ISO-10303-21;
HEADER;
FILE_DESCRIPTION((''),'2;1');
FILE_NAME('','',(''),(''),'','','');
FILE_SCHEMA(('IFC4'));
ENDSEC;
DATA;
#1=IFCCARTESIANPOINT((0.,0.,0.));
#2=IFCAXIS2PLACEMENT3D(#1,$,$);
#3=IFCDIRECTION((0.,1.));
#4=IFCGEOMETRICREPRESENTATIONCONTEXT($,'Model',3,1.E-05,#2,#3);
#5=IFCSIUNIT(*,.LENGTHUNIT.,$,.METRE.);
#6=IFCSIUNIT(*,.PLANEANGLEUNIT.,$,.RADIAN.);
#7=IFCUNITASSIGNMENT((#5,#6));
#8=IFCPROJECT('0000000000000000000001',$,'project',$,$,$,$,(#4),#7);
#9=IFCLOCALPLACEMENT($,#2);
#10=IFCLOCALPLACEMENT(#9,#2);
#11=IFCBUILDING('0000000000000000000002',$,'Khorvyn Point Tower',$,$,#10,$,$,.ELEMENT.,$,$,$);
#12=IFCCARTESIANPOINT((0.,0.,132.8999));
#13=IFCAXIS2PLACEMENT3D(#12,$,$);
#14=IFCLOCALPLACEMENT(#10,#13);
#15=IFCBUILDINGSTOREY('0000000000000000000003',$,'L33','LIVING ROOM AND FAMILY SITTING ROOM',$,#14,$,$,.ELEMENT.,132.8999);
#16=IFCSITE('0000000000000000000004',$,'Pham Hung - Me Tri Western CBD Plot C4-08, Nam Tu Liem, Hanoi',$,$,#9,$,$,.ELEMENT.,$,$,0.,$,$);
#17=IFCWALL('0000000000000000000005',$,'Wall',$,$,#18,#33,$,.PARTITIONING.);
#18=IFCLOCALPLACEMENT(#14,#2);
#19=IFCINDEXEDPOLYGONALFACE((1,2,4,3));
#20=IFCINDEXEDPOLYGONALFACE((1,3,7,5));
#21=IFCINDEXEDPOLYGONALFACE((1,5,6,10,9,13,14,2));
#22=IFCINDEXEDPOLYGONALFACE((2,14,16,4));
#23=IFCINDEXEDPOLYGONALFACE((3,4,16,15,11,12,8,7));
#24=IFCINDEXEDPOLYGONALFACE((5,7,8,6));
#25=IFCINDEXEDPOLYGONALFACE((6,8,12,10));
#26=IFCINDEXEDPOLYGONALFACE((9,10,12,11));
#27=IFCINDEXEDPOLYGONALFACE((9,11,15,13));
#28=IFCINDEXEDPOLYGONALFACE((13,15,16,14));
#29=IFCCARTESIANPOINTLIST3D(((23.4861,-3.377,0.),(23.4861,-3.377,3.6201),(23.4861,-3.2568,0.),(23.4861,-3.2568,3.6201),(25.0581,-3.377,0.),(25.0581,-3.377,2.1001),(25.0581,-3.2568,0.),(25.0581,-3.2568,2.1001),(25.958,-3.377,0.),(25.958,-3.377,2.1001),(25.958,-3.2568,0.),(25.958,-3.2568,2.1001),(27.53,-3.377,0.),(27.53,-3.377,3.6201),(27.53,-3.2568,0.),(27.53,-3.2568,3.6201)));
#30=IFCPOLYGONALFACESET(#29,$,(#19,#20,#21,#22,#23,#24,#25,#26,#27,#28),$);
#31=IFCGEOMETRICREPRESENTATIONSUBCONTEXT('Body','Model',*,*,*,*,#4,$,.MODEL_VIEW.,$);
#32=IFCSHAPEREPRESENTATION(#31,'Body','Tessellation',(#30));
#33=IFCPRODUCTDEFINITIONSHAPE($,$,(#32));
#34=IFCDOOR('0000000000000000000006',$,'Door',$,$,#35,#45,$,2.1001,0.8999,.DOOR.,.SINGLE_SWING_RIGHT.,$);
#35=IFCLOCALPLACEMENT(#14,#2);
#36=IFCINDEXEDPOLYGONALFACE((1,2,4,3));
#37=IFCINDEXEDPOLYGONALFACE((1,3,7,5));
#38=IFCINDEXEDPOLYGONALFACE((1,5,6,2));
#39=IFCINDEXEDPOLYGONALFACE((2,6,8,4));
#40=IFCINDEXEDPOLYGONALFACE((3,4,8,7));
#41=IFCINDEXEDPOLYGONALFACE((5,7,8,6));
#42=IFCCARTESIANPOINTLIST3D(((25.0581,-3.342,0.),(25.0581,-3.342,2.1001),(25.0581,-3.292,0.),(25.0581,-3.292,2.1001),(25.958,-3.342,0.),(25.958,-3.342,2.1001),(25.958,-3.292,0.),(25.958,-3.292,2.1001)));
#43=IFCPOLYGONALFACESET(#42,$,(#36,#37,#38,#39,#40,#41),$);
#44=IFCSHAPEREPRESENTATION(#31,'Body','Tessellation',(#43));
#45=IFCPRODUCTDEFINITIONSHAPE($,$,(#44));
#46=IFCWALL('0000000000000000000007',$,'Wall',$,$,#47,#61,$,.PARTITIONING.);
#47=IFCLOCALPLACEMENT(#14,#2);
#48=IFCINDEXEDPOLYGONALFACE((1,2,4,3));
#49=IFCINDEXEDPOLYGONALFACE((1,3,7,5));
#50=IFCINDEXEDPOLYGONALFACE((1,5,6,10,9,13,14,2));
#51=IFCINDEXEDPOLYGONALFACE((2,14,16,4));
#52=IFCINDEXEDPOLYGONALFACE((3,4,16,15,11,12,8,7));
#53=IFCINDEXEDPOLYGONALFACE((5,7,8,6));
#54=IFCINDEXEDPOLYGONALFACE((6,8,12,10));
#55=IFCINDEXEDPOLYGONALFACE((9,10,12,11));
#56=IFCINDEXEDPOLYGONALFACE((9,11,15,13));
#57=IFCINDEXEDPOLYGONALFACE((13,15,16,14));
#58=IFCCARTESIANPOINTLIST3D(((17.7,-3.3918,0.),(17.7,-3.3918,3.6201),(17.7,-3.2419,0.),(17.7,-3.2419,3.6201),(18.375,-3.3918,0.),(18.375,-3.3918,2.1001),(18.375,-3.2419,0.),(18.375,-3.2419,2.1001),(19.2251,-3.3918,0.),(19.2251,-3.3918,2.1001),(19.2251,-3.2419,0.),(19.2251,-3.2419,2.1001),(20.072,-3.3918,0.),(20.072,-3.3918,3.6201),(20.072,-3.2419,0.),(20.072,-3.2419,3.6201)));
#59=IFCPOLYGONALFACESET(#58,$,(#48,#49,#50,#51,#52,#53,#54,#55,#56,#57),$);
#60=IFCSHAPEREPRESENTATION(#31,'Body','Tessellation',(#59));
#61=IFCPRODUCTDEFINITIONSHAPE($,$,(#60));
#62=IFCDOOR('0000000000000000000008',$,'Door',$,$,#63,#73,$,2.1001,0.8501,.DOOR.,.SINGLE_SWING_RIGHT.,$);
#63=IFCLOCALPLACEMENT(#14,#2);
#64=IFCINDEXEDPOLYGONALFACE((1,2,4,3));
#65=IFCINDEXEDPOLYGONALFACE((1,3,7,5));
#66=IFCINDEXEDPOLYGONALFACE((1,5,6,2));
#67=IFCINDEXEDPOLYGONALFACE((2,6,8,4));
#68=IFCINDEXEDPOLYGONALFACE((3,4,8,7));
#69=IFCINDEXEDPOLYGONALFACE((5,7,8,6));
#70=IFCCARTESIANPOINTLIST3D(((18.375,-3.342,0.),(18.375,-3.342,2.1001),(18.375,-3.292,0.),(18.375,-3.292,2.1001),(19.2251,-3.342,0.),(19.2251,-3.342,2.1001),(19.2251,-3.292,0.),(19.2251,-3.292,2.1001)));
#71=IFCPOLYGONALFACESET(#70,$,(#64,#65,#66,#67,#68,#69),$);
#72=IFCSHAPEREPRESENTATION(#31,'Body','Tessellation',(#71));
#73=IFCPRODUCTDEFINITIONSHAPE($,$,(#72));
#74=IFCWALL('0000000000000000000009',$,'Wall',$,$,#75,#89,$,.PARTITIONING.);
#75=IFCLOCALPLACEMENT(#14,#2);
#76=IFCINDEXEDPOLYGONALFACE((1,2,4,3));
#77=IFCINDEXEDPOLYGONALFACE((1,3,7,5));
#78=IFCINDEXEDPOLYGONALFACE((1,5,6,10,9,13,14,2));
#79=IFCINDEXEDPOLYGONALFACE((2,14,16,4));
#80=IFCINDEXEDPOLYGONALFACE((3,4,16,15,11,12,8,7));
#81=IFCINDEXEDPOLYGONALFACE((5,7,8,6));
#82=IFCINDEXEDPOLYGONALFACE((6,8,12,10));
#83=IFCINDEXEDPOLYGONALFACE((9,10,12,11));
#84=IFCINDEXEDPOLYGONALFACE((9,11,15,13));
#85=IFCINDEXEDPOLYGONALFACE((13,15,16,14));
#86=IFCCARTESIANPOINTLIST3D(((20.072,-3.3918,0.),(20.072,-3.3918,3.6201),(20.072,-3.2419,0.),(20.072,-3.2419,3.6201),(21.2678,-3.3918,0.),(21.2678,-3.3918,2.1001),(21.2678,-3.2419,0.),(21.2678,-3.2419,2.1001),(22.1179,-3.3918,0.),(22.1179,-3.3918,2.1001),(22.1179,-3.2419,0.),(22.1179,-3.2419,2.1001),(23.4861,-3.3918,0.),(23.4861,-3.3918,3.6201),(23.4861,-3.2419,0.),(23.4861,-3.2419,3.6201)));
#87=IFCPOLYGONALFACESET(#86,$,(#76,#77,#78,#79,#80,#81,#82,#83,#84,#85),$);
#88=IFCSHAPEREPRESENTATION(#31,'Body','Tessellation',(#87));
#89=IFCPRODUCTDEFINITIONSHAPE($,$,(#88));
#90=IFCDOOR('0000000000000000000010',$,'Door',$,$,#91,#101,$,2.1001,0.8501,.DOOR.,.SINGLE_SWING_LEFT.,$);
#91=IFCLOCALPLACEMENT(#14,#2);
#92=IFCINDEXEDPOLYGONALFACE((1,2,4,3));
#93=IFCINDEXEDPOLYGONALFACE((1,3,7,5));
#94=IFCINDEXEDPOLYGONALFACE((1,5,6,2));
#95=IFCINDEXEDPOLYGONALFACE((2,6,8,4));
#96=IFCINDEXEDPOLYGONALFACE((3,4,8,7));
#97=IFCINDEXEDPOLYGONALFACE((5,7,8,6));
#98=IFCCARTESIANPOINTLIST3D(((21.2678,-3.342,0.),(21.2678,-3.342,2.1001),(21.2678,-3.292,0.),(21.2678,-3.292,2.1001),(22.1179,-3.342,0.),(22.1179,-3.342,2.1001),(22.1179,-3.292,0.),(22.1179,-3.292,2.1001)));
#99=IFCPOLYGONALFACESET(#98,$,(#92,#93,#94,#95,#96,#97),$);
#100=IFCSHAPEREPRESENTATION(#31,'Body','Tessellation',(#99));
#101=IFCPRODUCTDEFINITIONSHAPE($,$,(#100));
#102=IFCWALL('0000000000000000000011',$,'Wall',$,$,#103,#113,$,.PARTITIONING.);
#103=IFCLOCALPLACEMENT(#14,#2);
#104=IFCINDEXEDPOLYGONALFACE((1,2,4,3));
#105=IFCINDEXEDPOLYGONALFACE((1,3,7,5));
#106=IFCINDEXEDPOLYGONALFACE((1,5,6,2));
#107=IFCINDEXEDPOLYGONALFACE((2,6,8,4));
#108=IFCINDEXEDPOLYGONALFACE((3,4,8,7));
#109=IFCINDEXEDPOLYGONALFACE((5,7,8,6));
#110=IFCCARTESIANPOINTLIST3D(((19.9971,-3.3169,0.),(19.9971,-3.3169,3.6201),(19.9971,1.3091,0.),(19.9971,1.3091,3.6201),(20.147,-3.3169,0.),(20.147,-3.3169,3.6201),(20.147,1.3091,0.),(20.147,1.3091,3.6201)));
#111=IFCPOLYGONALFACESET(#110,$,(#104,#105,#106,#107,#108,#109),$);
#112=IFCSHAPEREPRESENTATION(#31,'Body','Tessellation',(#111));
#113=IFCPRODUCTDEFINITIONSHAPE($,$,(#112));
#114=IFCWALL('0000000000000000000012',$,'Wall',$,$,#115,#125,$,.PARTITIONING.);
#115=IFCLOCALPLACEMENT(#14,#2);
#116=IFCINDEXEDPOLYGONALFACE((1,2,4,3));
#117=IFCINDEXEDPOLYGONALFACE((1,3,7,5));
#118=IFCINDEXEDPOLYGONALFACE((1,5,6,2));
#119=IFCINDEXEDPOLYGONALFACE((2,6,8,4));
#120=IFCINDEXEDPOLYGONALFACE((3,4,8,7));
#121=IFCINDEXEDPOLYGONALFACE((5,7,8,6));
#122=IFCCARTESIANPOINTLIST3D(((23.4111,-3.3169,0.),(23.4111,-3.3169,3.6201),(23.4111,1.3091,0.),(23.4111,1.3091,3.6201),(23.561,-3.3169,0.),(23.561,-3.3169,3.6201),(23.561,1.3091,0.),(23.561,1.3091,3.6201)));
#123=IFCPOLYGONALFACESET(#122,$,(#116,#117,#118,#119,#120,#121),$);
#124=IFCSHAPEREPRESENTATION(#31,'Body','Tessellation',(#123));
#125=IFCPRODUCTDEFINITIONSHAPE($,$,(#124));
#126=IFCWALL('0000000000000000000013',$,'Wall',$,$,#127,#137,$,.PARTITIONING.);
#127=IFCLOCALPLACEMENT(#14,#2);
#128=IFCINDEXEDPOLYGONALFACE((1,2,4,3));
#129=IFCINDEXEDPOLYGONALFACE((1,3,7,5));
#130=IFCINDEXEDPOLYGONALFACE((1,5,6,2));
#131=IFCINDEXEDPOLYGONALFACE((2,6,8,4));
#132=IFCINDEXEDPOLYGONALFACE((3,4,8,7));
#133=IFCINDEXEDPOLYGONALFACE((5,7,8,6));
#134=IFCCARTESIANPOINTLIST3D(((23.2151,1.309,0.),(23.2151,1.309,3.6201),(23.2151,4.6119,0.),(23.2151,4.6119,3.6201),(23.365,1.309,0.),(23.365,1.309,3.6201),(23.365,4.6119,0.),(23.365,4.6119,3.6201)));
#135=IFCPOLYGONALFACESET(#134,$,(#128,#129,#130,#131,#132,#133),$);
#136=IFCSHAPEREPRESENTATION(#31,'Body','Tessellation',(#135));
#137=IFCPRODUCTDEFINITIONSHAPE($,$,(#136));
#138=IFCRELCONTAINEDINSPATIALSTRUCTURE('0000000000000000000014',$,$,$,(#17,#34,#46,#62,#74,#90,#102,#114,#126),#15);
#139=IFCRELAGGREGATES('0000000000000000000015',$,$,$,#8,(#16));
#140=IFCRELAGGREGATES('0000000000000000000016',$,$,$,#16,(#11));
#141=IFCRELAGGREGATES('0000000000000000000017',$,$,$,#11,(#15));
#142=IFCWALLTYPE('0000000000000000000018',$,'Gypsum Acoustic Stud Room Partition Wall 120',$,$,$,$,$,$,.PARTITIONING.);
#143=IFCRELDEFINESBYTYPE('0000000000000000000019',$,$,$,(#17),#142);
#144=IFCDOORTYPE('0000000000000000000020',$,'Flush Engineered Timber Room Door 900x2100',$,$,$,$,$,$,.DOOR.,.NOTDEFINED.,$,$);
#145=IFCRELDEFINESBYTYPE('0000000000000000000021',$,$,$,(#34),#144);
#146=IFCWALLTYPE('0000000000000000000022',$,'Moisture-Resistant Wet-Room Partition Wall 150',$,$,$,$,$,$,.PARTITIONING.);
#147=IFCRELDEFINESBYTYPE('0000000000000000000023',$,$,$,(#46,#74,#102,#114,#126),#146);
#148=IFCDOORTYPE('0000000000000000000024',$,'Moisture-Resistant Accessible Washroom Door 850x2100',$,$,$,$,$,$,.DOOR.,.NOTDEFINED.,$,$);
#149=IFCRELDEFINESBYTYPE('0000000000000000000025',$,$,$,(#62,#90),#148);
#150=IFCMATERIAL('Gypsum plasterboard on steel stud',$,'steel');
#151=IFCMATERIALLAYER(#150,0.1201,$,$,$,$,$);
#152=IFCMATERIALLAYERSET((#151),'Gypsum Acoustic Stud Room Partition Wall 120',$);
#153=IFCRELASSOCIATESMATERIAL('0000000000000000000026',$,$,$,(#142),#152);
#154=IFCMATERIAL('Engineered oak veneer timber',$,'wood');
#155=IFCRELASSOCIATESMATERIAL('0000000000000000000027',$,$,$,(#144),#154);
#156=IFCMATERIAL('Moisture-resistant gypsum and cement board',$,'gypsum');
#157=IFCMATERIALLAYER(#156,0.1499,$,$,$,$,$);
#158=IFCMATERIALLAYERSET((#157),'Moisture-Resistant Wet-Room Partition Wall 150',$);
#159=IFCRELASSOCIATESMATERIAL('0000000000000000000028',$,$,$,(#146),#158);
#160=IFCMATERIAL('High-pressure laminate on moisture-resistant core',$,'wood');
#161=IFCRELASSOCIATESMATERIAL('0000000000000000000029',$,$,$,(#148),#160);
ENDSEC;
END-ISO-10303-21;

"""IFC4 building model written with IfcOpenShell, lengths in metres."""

from ifc_helpers import new_model, si_unit, direction, frame, frame_2d, origin, place, context, subcontext, project, spatial, rectangle, extrude, material, layer, layer_set, type_object, element, fill, save


model = new_model("IFC4")

# Units and contexts
model_context = context("Model", 3, precision=1e-05, world=origin(), true_north=direction((0.0, 1.0)))
body_context = subcontext(model_context, "Body", "Model", "MODEL_VIEW")
ifc_project = project(units=[si_unit("LENGTHUNIT", "METRE"), si_unit("PLANEANGLEUNIT", "RADIAN")], contexts=[model_context])

# Site, building, storey
site_placement = place(None, origin())
site = spatial("IfcSite", under=ifc_project, at=site_placement, Name="Pham Hung - Me Tri Western CBD Plot C4-08, Nam Tu Liem, Hanoi", CompositionType="ELEMENT", RefElevation=0.0)
building_placement = place(site_placement, origin())
building = spatial("IfcBuilding", under=site, at=building_placement, Name="Khorvyn Point Tower", CompositionType="ELEMENT")
storey_placement = place(building_placement, frame((0.0, 0.0, 132.8999)))
storey = spatial("IfcBuildingStorey", under=building, at=storey_placement, Name="L33", Description="LIVING ROOM AND FAMILY SITTING ROOM", CompositionType="ELEMENT", Elevation=132.8999)

# Walls, openings, doors
ifc_material_1 = material(Name="Gypsum plasterboard on steel stud", Category="steel")
ifc_layer_1 = layer(ifc_material_1, 0.1201)
ifc_layer_set_1 = layer_set([ifc_layer_1], Name="Gypsum Acoustic Stud Room Partition Wall 120")
wall_type_1 = type_object("IfcWallType", Name="Gypsum Acoustic Stud Room Partition Wall 120", PredefinedType="PARTITIONING", material=ifc_layer_set_1)
ifc_material_2 = material(Name="Engineered oak veneer timber", Category="wood")
door_type_1 = type_object("IfcDoorType", Name="Flush Engineered Timber Room Door 900x2100", OperationType="NOTDEFINED", PredefinedType="DOOR", material=ifc_material_2)
wall_1_placement = place(storey_placement, frame((23.4861, -3.3169, 0.0), z_axis=(0.0, 0.0, 1.0), x_axis=(1.0, 0.0, 0.0)))
wall_1 = element("IfcWall", 1, at=wall_1_placement, inside=storey, type_object=wall_type_1, Name="Wall", PredefinedType="PARTITIONING", context=body_context, shape_type="SweptSolid", body=[
    extrude(rectangle(XDim=4.0439, YDim=0.1201, at=frame_2d((2.022, 0.0))), origin(), (0.0, 0.0, 1.0), 3.6201),
])
opening_1_placement = place(wall_1_placement, frame((1.572, 0.0, 0.0)))
opening_1 = element("IfcOpeningElement", 2, at=opening_1_placement, cuts=wall_1, PredefinedType="OPENING", context=body_context, shape_type="SweptSolid", body=[
    extrude(rectangle(XDim=0.8999, YDim=2.1001, at=frame_2d((0.45, 1.05))), frame((0.0, 0.0701, 0.0), z_axis=(0.0, -1.0, 0.0), x_axis=(1.0, 0.0, 0.0)), (0.0, 0.0, 1.0), 0.1401),
])
door_1_placement = place(opening_1_placement, origin())
door_1 = element("IfcDoor", 3, at=door_1_placement, inside=storey, type_object=door_type_1, Name="Door", OperationType="SINGLE_SWING_RIGHT", OverallHeight=2.1001, OverallWidth=0.8999, PredefinedType="DOOR", context=body_context, shape_type="SweptSolid", body=[
    extrude(rectangle(XDim=0.8999, YDim=2.1001, at=frame_2d((0.45, 1.05))), frame((0.0, 0.0249, 0.0), z_axis=(0.0, -1.0, 0.0), x_axis=(1.0, 0.0, 0.0)), (0.0, 0.0, 1.0), 0.05),
])
fill(opening_1, door_1)
ifc_material_3 = material(Name="Moisture-resistant gypsum and cement board", Category="gypsum")
ifc_layer_2 = layer(ifc_material_3, 0.1499)
ifc_layer_set_2 = layer_set([ifc_layer_2], Name="Moisture-Resistant Wet-Room Partition Wall 150")
wall_type_2 = type_object("IfcWallType", Name="Moisture-Resistant Wet-Room Partition Wall 150", PredefinedType="PARTITIONING", material=ifc_layer_set_2)
wall_2_placement = place(storey_placement, frame((17.7, -3.3169, 0.0), z_axis=(0.0, 0.0, 1.0), x_axis=(1.0, 0.0, 0.0)))
wall_2 = element("IfcWall", 4, at=wall_2_placement, inside=storey, type_object=wall_type_2, Name="Wall", PredefinedType="PARTITIONING", context=body_context, shape_type="SweptSolid", body=[
    extrude(rectangle(XDim=2.3721, YDim=0.1499, at=frame_2d((1.186, 0.0))), origin(), (0.0, 0.0, 1.0), 3.6201),
])
opening_2_placement = place(wall_2_placement, frame((0.675, 0.0, 0.0)))
opening_2 = element("IfcOpeningElement", 5, at=opening_2_placement, cuts=wall_2, PredefinedType="OPENING", context=body_context, shape_type="SweptSolid", body=[
    extrude(rectangle(XDim=0.8501, YDim=2.1001, at=frame_2d((0.425, 1.05))), frame((0.0, 0.085, 0.0), z_axis=(0.0, -1.0, 0.0), x_axis=(1.0, 0.0, 0.0)), (0.0, 0.0, 1.0), 0.1699),
])
ifc_material_4 = material(Name="High-pressure laminate on moisture-resistant core", Category="wood")
door_type_2 = type_object("IfcDoorType", Name="Moisture-Resistant Accessible Washroom Door 850x2100", OperationType="NOTDEFINED", PredefinedType="DOOR", material=ifc_material_4)
door_2_placement = place(opening_2_placement, origin())
door_2 = element("IfcDoor", 6, at=door_2_placement, inside=storey, type_object=door_type_2, Name="Door", OperationType="SINGLE_SWING_RIGHT", OverallHeight=2.1001, OverallWidth=0.8501, PredefinedType="DOOR", context=body_context, shape_type="SweptSolid", body=[
    extrude(rectangle(XDim=0.8501, YDim=2.1001, at=frame_2d((0.425, 1.05))), frame((0.0, 0.0249, 0.0), z_axis=(0.0, -1.0, 0.0), x_axis=(1.0, 0.0, 0.0)), (0.0, 0.0, 1.0), 0.05),
])
fill(opening_2, door_2)
wall_3_placement = place(storey_placement, frame((20.072, -3.3169, 0.0), z_axis=(0.0, 0.0, 1.0), x_axis=(1.0, 0.0, 0.0)))
wall_3 = element("IfcWall", 7, at=wall_3_placement, inside=storey, type_object=wall_type_2, Name="Wall", PredefinedType="PARTITIONING", context=body_context, shape_type="SweptSolid", body=[
    extrude(rectangle(XDim=3.4141, YDim=0.1499, at=frame_2d((1.707, 0.0))), origin(), (0.0, 0.0, 1.0), 3.6201),
])
opening_3_placement = place(wall_3_placement, frame((1.1958, 0.0, 0.0)))
opening_3 = element("IfcOpeningElement", 8, at=opening_3_placement, cuts=wall_3, PredefinedType="OPENING", context=body_context, shape_type="SweptSolid", body=[
    extrude(rectangle(XDim=0.8501, YDim=2.1001, at=frame_2d((0.425, 1.05))), frame((0.0, 0.085, 0.0), z_axis=(0.0, -1.0, 0.0), x_axis=(1.0, 0.0, 0.0)), (0.0, 0.0, 1.0), 0.1699),
])
door_3_placement = place(opening_3_placement, origin())
door_3 = element("IfcDoor", 9, at=door_3_placement, inside=storey, type_object=door_type_2, Name="Door", OperationType="SINGLE_SWING_LEFT", OverallHeight=2.1001, OverallWidth=0.8501, PredefinedType="DOOR", context=body_context, shape_type="SweptSolid", body=[
    extrude(rectangle(XDim=0.8501, YDim=2.1001, at=frame_2d((0.425, 1.05))), frame((0.0, 0.0249, 0.0), z_axis=(0.0, -1.0, 0.0), x_axis=(1.0, 0.0, 0.0)), (0.0, 0.0, 1.0), 0.05),
])
fill(opening_3, door_3)

# Walls
for number, where, z_axis, x_axis, name in (
    (10, (20.072, -3.3169, 0.0), (0.0, 0.0, 1.0), (0.0, 1.0, 0.0), "Wall"),
    (11, (23.4861, -3.3169, 0.0), (0.0, 0.0, 1.0), (0.0, 1.0, 0.0), "Wall"),
):
    element("IfcWall", number, at=place(storey_placement, frame(where, z_axis=z_axis, x_axis=x_axis)), inside=storey, type_object=wall_type_2, Name=name, PredefinedType="PARTITIONING", context=body_context, shape_type="SweptSolid", body=[
        extrude(rectangle(XDim=4.626, YDim=0.1499, at=frame_2d((2.313, 0.0))), origin(), (0.0, 0.0, 1.0), 3.6201),
    ])
wall_4_placement = place(storey_placement, frame((23.29, 1.3091, 0.0), z_axis=(0.0, 0.0, 1.0), x_axis=(0.0, 1.0, 0.0)))
element("IfcWall", 12, at=wall_4_placement, inside=storey, type_object=wall_type_2, Name="Wall", PredefinedType="PARTITIONING", context=body_context, shape_type="SweptSolid", body=[
    extrude(rectangle(XDim=3.303, YDim=0.1499, at=frame_2d((1.6514, 0.0))), origin(), (0.0, 0.0, 1.0), 3.6201),
])

save(model, "model.ifc")
